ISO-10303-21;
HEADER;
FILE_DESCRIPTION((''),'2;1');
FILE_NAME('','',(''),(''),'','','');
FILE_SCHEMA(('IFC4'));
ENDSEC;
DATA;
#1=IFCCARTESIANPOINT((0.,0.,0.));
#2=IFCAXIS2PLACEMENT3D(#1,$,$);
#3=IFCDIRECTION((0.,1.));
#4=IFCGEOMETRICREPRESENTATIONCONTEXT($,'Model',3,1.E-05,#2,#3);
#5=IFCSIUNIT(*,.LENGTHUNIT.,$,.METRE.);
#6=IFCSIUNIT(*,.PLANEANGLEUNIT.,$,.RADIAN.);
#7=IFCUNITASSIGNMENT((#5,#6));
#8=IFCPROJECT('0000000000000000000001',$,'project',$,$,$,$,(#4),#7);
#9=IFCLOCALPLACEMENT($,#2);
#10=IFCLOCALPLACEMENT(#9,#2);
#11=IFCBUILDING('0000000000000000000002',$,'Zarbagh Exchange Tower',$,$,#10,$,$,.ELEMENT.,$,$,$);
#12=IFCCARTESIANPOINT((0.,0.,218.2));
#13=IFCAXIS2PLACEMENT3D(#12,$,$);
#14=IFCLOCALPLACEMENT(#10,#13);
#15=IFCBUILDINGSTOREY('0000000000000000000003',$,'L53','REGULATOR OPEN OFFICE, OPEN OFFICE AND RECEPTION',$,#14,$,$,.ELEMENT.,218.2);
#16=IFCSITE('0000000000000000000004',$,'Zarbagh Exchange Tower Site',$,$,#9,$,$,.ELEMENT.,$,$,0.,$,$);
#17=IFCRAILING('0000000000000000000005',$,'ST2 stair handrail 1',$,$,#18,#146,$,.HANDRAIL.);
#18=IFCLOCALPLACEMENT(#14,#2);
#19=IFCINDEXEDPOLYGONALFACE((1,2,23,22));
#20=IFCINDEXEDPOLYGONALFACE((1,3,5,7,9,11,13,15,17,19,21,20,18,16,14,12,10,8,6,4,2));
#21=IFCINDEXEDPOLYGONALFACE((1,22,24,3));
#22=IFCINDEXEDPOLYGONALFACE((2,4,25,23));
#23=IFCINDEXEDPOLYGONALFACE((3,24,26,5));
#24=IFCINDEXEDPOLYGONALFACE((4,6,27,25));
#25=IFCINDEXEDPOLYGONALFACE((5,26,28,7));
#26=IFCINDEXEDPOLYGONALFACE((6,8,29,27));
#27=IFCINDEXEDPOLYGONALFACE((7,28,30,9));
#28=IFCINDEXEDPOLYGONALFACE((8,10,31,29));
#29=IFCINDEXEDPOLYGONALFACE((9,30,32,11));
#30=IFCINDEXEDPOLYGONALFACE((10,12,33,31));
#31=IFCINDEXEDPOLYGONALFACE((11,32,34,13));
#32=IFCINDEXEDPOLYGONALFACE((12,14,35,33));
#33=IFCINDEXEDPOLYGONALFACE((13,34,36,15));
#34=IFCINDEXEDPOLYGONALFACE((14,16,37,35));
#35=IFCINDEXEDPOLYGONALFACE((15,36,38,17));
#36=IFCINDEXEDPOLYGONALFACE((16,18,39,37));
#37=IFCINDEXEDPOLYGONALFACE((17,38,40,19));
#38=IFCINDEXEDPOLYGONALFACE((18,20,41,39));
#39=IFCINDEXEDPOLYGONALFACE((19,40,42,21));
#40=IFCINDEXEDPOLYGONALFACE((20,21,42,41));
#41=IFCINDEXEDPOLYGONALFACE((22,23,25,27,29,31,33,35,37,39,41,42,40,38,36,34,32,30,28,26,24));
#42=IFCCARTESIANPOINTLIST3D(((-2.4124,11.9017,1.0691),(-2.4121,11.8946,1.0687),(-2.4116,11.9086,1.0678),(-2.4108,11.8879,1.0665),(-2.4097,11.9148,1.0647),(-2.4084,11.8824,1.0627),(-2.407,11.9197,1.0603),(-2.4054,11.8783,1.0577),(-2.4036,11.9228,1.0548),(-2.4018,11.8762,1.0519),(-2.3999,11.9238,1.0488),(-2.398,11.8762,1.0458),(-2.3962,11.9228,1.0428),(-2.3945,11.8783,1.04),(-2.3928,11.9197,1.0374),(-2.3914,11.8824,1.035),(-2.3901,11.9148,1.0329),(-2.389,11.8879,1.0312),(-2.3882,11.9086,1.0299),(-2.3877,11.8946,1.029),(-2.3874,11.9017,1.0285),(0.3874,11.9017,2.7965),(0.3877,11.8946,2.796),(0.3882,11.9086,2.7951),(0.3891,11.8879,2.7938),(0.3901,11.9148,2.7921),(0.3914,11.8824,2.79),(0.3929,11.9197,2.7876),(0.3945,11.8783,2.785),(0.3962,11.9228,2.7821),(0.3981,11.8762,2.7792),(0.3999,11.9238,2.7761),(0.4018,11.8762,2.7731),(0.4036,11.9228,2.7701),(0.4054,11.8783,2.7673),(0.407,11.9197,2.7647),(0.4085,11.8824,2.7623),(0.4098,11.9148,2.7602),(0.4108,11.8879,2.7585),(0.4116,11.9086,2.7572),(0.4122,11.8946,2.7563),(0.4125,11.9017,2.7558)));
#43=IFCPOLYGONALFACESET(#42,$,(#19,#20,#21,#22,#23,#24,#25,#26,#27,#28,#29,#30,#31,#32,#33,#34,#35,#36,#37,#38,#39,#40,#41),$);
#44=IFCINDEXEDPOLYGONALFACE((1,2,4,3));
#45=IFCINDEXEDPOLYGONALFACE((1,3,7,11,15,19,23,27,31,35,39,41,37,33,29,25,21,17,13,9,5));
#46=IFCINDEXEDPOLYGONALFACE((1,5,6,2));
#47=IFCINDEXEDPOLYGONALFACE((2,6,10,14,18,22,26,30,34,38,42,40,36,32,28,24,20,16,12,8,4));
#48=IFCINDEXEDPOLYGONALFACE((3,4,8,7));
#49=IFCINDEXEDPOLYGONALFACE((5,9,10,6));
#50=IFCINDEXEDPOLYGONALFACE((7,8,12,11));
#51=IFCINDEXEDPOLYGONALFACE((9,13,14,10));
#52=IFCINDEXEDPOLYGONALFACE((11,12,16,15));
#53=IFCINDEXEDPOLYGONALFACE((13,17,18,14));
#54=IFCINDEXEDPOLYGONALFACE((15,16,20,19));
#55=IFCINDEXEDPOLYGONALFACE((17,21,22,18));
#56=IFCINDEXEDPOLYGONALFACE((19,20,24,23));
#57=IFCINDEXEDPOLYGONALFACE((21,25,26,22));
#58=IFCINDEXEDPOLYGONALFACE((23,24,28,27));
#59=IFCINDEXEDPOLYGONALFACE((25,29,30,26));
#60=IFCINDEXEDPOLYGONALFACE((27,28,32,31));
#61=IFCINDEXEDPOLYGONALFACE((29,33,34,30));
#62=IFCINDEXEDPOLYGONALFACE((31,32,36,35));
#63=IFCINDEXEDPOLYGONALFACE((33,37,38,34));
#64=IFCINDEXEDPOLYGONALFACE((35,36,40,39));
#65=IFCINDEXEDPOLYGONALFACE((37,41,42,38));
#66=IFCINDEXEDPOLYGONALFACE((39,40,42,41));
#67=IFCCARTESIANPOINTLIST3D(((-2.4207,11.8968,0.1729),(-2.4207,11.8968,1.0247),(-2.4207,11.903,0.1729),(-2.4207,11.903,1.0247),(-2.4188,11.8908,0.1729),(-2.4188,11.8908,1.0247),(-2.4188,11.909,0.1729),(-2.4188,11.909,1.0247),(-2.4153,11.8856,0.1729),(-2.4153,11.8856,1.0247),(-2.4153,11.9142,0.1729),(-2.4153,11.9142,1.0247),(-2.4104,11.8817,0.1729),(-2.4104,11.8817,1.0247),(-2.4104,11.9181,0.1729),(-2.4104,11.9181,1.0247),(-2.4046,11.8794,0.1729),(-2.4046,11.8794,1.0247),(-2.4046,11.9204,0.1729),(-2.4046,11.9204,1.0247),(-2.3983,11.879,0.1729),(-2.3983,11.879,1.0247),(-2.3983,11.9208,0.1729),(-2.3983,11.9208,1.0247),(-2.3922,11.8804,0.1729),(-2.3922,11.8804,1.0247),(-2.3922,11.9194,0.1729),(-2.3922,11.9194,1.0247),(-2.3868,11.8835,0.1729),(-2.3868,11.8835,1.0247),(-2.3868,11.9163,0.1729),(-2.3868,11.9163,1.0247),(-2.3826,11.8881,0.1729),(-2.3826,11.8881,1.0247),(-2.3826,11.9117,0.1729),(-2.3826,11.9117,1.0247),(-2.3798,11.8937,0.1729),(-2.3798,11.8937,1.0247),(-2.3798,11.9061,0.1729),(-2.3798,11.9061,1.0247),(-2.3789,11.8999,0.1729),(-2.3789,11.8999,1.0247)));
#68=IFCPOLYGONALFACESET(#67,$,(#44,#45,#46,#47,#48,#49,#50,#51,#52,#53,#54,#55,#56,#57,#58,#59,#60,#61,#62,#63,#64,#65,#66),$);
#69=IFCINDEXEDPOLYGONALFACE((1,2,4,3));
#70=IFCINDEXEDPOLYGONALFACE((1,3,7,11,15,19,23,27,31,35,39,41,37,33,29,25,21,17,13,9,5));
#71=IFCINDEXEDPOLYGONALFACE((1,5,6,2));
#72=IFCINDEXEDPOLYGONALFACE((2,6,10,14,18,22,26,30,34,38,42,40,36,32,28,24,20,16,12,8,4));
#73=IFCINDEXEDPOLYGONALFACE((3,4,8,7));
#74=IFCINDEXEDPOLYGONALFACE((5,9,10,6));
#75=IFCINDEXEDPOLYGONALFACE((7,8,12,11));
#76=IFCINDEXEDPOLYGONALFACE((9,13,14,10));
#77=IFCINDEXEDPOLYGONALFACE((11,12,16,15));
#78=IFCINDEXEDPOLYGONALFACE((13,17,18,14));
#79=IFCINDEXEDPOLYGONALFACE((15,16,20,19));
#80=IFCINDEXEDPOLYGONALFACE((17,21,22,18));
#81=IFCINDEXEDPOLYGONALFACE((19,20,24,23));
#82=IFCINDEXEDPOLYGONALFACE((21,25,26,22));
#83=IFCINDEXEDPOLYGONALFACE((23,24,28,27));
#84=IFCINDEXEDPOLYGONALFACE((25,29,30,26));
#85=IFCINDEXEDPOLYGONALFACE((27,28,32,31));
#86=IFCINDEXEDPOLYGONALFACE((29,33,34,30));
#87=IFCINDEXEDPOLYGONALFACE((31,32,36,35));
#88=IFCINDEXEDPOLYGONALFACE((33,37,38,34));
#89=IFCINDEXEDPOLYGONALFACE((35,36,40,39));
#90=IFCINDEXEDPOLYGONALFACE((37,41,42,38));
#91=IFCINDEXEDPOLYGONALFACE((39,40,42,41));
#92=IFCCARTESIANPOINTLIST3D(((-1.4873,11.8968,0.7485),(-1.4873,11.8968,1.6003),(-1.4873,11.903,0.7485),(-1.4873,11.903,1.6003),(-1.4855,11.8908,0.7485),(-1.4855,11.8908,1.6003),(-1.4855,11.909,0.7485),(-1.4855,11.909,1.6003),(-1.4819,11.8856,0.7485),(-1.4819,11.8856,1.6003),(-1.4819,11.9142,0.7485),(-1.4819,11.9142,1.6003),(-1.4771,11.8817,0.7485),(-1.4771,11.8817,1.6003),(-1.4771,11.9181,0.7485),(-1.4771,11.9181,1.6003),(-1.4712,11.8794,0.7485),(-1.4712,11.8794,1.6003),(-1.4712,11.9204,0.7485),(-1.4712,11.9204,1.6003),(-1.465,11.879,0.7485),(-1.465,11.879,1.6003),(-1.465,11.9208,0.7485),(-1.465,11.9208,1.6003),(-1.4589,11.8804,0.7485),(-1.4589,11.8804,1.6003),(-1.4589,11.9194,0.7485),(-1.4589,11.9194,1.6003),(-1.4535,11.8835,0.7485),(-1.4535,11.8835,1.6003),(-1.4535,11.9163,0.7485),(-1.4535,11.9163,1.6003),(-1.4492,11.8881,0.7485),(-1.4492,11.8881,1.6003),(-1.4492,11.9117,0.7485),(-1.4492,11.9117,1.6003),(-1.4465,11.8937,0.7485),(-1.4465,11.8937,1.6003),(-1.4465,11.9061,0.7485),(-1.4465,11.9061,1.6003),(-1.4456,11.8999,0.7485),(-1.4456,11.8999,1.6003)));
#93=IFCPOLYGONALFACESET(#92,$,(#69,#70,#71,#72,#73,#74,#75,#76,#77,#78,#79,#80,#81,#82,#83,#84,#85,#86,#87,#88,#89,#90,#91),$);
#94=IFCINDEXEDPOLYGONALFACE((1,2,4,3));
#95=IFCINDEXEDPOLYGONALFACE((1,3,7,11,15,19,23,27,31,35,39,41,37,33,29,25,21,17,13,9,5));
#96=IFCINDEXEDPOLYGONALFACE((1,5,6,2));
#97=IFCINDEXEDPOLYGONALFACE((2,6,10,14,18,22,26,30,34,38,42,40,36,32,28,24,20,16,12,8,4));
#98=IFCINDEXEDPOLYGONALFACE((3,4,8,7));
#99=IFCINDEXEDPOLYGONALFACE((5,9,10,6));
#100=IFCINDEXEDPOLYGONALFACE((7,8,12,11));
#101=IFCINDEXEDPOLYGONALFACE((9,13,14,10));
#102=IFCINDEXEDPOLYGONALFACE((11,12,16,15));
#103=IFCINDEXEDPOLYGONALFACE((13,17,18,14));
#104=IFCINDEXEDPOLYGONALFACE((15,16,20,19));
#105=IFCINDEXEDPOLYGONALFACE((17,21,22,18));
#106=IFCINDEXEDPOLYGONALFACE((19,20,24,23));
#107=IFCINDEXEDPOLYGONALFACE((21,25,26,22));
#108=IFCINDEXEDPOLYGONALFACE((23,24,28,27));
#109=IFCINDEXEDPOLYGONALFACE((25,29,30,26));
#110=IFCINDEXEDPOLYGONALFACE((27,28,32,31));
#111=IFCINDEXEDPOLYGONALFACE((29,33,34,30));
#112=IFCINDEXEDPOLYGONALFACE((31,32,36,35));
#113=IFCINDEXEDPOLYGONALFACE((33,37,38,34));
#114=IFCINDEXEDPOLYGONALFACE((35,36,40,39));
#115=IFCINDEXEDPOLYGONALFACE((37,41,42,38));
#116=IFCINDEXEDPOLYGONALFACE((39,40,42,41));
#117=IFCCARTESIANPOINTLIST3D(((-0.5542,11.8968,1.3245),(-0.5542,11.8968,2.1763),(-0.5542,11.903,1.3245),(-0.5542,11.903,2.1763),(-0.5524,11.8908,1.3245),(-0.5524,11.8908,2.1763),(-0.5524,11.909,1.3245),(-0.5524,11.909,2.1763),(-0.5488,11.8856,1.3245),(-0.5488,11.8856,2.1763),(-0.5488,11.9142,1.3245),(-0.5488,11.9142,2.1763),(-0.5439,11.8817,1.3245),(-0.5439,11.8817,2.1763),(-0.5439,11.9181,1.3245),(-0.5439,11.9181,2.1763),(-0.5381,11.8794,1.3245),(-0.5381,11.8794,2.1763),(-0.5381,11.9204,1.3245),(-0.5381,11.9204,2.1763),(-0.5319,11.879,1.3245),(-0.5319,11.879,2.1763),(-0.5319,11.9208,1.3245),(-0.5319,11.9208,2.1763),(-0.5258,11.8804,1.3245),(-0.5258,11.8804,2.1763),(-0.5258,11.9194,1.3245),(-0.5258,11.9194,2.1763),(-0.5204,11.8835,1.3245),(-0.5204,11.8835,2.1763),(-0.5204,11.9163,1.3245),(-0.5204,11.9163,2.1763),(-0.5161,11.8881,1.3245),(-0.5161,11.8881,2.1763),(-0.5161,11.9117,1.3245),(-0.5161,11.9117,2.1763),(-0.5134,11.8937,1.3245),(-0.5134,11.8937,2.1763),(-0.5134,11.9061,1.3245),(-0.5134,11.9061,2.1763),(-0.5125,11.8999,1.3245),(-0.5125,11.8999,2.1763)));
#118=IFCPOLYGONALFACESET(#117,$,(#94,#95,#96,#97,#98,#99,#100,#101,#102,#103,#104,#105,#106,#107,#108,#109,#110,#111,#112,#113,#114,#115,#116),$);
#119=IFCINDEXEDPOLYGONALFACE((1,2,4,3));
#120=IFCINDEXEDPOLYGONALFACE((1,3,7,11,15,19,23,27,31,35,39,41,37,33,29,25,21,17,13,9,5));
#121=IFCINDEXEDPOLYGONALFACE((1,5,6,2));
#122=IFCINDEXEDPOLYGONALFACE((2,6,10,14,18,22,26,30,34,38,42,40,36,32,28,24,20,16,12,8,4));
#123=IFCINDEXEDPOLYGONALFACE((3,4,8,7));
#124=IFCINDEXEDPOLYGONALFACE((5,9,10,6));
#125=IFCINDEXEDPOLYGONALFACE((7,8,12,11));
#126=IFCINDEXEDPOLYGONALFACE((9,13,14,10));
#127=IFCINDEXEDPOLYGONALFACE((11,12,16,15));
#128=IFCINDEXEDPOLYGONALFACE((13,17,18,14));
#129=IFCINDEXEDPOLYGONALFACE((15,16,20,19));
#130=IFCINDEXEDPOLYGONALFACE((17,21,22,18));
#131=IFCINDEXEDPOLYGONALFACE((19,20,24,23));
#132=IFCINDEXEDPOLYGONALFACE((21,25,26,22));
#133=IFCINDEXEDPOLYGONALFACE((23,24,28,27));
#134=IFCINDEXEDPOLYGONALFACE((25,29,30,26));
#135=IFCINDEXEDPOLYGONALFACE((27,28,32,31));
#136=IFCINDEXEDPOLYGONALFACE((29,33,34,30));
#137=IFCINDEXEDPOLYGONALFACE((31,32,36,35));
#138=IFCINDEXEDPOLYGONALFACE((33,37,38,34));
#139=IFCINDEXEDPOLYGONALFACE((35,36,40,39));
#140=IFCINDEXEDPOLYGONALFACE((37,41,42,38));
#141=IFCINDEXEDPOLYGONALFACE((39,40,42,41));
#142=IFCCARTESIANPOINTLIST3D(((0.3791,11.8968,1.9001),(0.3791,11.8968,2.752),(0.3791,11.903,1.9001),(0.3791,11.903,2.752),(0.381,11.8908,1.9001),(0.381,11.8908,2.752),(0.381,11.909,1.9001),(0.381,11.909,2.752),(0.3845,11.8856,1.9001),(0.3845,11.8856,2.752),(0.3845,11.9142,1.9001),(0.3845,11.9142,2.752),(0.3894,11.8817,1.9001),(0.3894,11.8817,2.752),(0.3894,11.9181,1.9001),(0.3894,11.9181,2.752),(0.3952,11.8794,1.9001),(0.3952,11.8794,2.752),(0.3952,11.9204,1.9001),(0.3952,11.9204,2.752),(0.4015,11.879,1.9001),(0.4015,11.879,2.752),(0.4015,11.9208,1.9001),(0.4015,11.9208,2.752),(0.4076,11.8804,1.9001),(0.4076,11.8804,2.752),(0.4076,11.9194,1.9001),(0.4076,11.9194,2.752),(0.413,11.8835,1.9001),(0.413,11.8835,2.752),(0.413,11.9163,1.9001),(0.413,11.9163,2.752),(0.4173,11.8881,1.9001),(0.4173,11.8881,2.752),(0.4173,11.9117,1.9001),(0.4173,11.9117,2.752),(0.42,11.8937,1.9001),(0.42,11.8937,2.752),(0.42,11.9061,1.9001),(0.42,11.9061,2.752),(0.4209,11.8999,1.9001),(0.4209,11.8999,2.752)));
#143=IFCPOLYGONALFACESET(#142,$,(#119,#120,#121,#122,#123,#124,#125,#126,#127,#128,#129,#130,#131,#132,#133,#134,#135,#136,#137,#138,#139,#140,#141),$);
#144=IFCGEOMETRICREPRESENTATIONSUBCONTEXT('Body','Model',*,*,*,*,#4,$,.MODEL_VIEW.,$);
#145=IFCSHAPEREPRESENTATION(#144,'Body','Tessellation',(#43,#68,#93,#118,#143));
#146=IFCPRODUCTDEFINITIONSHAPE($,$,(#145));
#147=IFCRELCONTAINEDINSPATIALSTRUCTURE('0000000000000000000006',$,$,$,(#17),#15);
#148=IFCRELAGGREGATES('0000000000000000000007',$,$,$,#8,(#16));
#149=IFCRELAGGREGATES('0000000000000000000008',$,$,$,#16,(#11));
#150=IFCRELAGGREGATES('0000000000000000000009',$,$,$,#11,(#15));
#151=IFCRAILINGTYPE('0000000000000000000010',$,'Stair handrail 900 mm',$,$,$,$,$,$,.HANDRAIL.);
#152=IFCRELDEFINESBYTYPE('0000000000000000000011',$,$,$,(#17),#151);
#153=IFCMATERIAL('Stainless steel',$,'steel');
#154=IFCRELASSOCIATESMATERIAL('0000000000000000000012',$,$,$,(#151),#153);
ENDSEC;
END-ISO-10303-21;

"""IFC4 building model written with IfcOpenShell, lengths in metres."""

from ifc_helpers import new_model, si_unit, direction, frame, origin, origin_2d, place, context, subcontext, project, spatial, circle, extrude, material, type_object, element, save


model = new_model("IFC4")

# Units and contexts
model_context = context("Model", 3, precision=1e-05, world=origin(), true_north=direction((0.0, 1.0)))
body_context = subcontext(model_context, "Body", "Model", "MODEL_VIEW")
ifc_project = project(units=[si_unit("LENGTHUNIT", "METRE"), si_unit("PLANEANGLEUNIT", "RADIAN")], contexts=[model_context])

# Site, building, storey
site_placement = place(None, origin())
site = spatial("IfcSite", under=ifc_project, at=site_placement, Name="Zarbagh Exchange Tower Site", CompositionType="ELEMENT", RefElevation=0.0)
building_placement = place(site_placement, origin())
building = spatial("IfcBuilding", under=site, at=building_placement, Name="Zarbagh Exchange Tower", CompositionType="ELEMENT")
storey_placement = place(building_placement, frame((0.0, 0.0, 218.2)))
storey = spatial("IfcBuildingStorey", under=building, at=storey_placement, Name="L53", Description="REGULATOR OPEN OFFICE, OPEN OFFICE AND RECEPTION", CompositionType="ELEMENT", Elevation=218.2)

# Railing
ifc_material_1 = material(Name="Stainless steel", Category="steel")
railing_type_1 = type_object("IfcRailingType", Name="Stair handrail 900 mm", PredefinedType="HANDRAIL", material=ifc_material_1)
railing_1_placement = place(storey_placement, frame((-2.3999, 11.8999, 0.1729)))
element("IfcRailing", 1, at=railing_1_placement, inside=storey, type_object=railing_type_1, Name="ST2 stair handrail 1", PredefinedType="HANDRAIL", context=body_context, shape_type="SweptSolid", body=[
    extrude(circle(Radius=0.0239, at=origin_2d()), frame((0.0, 0.0, 0.876), z_axis=(0.851069, 0.0, 0.525054), x_axis=(0.0, 1.0, 0.0)), (0.0, 0.0, 1.0), 3.2898),
    extrude(circle(Radius=0.021, at=origin_2d()), origin(), (0.0, 0.0, 1.0), 0.8518),
    extrude(circle(Radius=0.021, at=origin_2d()), frame((0.9333, 0.0, 0.5757)), (0.0, 0.0, 1.0), 0.8518),
    extrude(circle(Radius=0.021, at=origin_2d()), frame((1.8665, 0.0, 1.1516)), (0.0, 0.0, 1.0), 0.8518),
    extrude(circle(Radius=0.021, at=origin_2d()), frame((2.7998, 0.0, 1.7273)), (0.0, 0.0, 1.0), 0.8518),
])

save(model, "model.ifc")
